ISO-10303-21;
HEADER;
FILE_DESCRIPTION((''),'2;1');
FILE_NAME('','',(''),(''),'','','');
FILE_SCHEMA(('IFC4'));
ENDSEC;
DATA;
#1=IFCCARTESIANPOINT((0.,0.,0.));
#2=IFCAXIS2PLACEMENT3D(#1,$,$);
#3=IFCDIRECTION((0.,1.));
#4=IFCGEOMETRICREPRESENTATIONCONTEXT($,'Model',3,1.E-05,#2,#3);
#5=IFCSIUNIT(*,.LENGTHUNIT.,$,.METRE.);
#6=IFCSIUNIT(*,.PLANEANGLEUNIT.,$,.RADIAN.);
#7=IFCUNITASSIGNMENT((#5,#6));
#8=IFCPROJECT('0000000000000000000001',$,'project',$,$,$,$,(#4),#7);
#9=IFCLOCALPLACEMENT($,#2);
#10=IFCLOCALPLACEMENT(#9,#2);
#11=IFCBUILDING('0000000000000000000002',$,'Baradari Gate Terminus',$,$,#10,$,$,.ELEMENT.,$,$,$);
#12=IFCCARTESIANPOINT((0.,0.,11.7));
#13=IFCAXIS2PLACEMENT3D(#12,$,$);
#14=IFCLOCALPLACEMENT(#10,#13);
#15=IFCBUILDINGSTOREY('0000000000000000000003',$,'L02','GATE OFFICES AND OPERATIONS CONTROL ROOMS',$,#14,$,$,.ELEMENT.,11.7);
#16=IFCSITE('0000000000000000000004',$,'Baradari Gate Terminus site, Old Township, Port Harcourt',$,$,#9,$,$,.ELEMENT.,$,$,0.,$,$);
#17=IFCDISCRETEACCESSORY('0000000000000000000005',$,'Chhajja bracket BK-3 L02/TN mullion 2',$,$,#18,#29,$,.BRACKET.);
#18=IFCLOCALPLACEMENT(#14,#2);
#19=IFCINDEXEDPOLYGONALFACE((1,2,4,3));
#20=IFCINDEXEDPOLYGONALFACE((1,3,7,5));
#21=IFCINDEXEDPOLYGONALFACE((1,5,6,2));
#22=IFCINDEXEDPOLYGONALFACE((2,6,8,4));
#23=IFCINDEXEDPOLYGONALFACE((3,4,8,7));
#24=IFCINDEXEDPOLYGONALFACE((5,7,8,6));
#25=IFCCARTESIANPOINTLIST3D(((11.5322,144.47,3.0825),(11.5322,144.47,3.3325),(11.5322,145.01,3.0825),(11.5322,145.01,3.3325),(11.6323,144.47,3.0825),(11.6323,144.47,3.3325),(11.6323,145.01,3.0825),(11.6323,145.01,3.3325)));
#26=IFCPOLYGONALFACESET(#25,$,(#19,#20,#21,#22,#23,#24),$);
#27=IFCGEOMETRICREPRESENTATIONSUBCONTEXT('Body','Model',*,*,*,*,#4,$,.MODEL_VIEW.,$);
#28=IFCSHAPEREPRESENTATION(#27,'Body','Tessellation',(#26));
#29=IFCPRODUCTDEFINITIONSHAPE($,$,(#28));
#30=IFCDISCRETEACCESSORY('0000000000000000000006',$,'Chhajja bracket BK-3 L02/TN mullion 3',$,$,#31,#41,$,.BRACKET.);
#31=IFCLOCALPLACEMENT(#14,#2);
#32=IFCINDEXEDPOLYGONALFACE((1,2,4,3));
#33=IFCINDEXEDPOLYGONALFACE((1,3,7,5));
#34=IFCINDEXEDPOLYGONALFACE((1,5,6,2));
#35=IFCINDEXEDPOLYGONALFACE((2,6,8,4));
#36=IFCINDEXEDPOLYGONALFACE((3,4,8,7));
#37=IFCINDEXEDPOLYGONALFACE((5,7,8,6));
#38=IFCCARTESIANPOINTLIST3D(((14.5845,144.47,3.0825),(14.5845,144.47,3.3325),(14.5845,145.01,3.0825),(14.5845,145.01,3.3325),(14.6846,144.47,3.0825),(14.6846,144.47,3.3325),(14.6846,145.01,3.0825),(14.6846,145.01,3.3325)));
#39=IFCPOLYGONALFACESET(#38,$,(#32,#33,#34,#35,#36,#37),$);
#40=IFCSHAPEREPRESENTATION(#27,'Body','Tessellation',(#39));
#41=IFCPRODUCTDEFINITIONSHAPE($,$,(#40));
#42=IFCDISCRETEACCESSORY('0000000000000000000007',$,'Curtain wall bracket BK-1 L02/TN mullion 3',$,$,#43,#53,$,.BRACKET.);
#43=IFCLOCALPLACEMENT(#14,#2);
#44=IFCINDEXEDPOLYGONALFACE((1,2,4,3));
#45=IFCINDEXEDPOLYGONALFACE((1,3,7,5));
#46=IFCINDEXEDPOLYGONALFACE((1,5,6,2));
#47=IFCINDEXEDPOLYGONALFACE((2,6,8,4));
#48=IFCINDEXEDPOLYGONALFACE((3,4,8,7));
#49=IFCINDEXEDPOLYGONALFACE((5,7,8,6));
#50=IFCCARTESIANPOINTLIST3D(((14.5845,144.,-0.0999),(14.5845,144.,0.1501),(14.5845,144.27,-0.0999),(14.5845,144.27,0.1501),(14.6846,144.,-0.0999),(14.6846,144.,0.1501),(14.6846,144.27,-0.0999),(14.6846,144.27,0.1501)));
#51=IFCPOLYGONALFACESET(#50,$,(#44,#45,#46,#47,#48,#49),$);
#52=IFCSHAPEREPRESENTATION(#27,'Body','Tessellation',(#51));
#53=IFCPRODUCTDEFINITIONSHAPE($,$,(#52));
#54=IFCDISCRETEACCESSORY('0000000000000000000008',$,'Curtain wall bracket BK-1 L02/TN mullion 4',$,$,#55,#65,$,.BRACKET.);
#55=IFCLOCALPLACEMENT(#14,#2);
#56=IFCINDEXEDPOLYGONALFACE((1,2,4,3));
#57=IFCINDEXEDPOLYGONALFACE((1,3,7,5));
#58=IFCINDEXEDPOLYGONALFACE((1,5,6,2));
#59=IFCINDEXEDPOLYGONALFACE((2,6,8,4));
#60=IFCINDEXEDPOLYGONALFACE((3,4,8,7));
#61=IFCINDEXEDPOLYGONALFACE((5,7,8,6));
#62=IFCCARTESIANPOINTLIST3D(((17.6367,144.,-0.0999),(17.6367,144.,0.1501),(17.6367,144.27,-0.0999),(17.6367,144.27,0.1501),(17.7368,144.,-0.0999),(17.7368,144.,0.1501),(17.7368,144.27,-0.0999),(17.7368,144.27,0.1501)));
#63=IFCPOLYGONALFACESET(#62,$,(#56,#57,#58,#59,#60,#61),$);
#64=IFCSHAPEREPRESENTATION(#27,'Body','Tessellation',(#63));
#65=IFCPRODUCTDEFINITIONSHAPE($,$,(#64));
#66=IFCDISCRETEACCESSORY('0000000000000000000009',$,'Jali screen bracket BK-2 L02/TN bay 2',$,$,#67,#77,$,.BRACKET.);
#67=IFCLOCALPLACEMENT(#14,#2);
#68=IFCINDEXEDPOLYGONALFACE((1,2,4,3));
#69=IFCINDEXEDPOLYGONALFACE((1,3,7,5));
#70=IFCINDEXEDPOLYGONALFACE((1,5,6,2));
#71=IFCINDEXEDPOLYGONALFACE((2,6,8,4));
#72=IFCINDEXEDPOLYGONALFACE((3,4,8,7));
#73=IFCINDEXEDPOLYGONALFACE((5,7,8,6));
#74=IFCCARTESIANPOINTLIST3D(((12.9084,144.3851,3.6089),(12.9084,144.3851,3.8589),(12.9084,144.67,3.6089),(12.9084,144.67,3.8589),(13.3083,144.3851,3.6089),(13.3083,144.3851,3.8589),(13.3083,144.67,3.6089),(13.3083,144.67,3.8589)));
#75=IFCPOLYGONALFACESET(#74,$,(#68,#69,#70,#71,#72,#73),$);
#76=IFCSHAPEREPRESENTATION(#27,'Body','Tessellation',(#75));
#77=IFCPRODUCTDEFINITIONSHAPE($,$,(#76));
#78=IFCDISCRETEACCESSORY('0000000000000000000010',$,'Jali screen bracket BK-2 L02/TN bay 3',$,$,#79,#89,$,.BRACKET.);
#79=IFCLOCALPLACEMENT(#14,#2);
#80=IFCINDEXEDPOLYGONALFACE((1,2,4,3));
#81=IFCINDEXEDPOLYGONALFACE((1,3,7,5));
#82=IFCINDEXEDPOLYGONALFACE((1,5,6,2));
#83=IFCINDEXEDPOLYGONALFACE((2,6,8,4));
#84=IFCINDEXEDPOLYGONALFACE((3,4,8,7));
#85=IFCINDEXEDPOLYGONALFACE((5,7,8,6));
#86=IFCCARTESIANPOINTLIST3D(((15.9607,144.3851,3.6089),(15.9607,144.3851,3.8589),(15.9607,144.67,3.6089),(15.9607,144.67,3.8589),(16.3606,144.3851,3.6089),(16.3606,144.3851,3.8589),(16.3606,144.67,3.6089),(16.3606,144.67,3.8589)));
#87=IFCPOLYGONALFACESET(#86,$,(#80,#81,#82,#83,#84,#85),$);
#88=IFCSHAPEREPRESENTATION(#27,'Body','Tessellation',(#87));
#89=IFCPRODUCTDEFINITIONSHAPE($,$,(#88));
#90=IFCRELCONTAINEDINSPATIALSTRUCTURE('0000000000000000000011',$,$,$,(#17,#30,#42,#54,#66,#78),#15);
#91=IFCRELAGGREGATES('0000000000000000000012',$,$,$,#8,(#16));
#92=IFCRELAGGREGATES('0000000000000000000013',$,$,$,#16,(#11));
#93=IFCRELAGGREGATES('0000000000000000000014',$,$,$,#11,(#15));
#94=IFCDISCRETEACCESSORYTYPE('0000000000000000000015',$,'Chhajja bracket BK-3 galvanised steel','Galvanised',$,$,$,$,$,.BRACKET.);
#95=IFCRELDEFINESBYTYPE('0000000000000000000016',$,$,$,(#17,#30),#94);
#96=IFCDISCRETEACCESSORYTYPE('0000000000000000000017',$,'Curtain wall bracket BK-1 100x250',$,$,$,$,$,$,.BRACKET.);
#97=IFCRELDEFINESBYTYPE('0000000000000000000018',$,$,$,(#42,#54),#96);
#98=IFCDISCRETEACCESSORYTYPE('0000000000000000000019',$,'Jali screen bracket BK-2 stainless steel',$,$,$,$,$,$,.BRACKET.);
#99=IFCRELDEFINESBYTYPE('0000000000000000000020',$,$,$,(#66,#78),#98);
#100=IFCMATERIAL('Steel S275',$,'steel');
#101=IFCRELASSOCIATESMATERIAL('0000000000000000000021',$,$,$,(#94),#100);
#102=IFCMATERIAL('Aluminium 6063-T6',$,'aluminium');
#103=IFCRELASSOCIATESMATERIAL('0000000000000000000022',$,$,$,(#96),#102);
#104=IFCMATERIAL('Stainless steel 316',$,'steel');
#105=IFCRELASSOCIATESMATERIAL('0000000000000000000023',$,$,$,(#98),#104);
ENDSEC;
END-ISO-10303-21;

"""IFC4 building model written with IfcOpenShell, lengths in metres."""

from ifc_helpers import new_model, si_unit, direction, frame, origin, origin_2d, place, context, subcontext, project, spatial, rectangle, extrude, material, type_object, element, save


model = new_model("IFC4")

# Units and contexts
model_context = context("Model", 3, precision=1e-05, world=origin(), true_north=direction((0.0, 1.0)))
body_context = subcontext(model_context, "Body", "Model", "MODEL_VIEW")
ifc_project = project(units=[si_unit("LENGTHUNIT", "METRE"), si_unit("PLANEANGLEUNIT", "RADIAN")], contexts=[model_context])

# Site, building, storey
site_placement = place(None, origin())
site = spatial("IfcSite", under=ifc_project, at=site_placement, Name="Baradari Gate Terminus site, Old Township, Port Harcourt", CompositionType="ELEMENT", RefElevation=0.0)
building_placement = place(site_placement, origin())
building = spatial("IfcBuilding", under=site, at=building_placement, Name="Baradari Gate Terminus", CompositionType="ELEMENT")
storey_placement = place(building_placement, frame((0.0, 0.0, 11.7)))
storey = spatial("IfcBuildingStorey", under=building, at=storey_placement, Name="L02", Description="GATE OFFICES AND OPERATIONS CONTROL ROOMS", CompositionType="ELEMENT", Elevation=11.7)

# Discrete accessories
ifc_material_1 = material(Name="Steel S275", Category="steel")
discrete_accessory_type_1 = type_object("IfcDiscreteAccessoryType", Name="Chhajja bracket BK-3 galvanised steel", Description="Galvanised", PredefinedType="BRACKET", material=ifc_material_1)
for number, where, z_axis, x_axis, name in (
    (1, (11.5823, 144.74, 3.0825), (0.0, 0.0, 1.0), (0.0, 1.0, 0.0), "Chhajja bracket BK-3 L02/TN mullion 2"),
    (2, (14.6345, 144.74, 3.0825), (0.0, 0.0, 1.0), (0.0, 1.0, 0.0), "Chhajja bracket BK-3 L02/TN mullion 3"),
):
    element("IfcDiscreteAccessory", number, at=place(storey_placement, frame(where, z_axis=z_axis, x_axis=x_axis)), inside=storey, type_object=discrete_accessory_type_1, Name=name, PredefinedType="BRACKET", context=body_context, shape_type="SweptSolid", body=[
        extrude(rectangle(XDim=0.54, YDim=0.1001, at=origin_2d()), origin(), (0.0, 0.0, 1.0), 0.25),
    ])
ifc_material_2 = material(Name="Aluminium 6063-T6", Category="aluminium")
discrete_accessory_type_2 = type_object("IfcDiscreteAccessoryType", Name="Curtain wall bracket BK-1 100x250", PredefinedType="BRACKET", material=ifc_material_2)
for number, where, z_axis, x_axis, name in (
    (3, (14.6345, 144.135, -0.0999), (0.0, 0.0, 1.0), (0.0, 1.0, 0.0), "Curtain wall bracket BK-1 L02/TN mullion 3"),
    (4, (17.6868, 144.135, -0.0999), (0.0, 0.0, 1.0), (0.0, 1.0, 0.0), "Curtain wall bracket BK-1 L02/TN mullion 4"),
):
    element("IfcDiscreteAccessory", number, at=place(storey_placement, frame(where, z_axis=z_axis, x_axis=x_axis)), inside=storey, type_object=discrete_accessory_type_2, Name=name, PredefinedType="BRACKET", context=body_context, shape_type="SweptSolid", body=[
        extrude(rectangle(XDim=0.27, YDim=0.1001, at=origin_2d()), origin(), (0.0, 0.0, 1.0), 0.25),
    ])
ifc_material_3 = material(Name="Stainless steel 316", Category="steel")
discrete_accessory_type_3 = type_object("IfcDiscreteAccessoryType", Name="Jali screen bracket BK-2 stainless steel", PredefinedType="BRACKET", material=ifc_material_3)
for number, where, z_axis, x_axis, name in (
    (5, (13.1084, 144.5276, 3.6089), (0.0, 0.0, 1.0), (0.0, 1.0, 0.0), "Jali screen bracket BK-2 L02/TN bay 2"),
    (6, (16.1606, 144.5276, 3.6089), (0.0, 0.0, 1.0), (0.0, 1.0, 0.0), "Jali screen bracket BK-2 L02/TN bay 3"),
):
    element("IfcDiscreteAccessory", number, at=place(storey_placement, frame(where, z_axis=z_axis, x_axis=x_axis)), inside=storey, type_object=discrete_accessory_type_3, Name=name, PredefinedType="BRACKET", context=body_context, shape_type="SweptSolid", body=[
        extrude(rectangle(XDim=0.2849, YDim=0.3999, at=origin_2d()), origin(), (0.0, 0.0, 1.0), 0.25),
    ])

save(model, "model.ifc")
